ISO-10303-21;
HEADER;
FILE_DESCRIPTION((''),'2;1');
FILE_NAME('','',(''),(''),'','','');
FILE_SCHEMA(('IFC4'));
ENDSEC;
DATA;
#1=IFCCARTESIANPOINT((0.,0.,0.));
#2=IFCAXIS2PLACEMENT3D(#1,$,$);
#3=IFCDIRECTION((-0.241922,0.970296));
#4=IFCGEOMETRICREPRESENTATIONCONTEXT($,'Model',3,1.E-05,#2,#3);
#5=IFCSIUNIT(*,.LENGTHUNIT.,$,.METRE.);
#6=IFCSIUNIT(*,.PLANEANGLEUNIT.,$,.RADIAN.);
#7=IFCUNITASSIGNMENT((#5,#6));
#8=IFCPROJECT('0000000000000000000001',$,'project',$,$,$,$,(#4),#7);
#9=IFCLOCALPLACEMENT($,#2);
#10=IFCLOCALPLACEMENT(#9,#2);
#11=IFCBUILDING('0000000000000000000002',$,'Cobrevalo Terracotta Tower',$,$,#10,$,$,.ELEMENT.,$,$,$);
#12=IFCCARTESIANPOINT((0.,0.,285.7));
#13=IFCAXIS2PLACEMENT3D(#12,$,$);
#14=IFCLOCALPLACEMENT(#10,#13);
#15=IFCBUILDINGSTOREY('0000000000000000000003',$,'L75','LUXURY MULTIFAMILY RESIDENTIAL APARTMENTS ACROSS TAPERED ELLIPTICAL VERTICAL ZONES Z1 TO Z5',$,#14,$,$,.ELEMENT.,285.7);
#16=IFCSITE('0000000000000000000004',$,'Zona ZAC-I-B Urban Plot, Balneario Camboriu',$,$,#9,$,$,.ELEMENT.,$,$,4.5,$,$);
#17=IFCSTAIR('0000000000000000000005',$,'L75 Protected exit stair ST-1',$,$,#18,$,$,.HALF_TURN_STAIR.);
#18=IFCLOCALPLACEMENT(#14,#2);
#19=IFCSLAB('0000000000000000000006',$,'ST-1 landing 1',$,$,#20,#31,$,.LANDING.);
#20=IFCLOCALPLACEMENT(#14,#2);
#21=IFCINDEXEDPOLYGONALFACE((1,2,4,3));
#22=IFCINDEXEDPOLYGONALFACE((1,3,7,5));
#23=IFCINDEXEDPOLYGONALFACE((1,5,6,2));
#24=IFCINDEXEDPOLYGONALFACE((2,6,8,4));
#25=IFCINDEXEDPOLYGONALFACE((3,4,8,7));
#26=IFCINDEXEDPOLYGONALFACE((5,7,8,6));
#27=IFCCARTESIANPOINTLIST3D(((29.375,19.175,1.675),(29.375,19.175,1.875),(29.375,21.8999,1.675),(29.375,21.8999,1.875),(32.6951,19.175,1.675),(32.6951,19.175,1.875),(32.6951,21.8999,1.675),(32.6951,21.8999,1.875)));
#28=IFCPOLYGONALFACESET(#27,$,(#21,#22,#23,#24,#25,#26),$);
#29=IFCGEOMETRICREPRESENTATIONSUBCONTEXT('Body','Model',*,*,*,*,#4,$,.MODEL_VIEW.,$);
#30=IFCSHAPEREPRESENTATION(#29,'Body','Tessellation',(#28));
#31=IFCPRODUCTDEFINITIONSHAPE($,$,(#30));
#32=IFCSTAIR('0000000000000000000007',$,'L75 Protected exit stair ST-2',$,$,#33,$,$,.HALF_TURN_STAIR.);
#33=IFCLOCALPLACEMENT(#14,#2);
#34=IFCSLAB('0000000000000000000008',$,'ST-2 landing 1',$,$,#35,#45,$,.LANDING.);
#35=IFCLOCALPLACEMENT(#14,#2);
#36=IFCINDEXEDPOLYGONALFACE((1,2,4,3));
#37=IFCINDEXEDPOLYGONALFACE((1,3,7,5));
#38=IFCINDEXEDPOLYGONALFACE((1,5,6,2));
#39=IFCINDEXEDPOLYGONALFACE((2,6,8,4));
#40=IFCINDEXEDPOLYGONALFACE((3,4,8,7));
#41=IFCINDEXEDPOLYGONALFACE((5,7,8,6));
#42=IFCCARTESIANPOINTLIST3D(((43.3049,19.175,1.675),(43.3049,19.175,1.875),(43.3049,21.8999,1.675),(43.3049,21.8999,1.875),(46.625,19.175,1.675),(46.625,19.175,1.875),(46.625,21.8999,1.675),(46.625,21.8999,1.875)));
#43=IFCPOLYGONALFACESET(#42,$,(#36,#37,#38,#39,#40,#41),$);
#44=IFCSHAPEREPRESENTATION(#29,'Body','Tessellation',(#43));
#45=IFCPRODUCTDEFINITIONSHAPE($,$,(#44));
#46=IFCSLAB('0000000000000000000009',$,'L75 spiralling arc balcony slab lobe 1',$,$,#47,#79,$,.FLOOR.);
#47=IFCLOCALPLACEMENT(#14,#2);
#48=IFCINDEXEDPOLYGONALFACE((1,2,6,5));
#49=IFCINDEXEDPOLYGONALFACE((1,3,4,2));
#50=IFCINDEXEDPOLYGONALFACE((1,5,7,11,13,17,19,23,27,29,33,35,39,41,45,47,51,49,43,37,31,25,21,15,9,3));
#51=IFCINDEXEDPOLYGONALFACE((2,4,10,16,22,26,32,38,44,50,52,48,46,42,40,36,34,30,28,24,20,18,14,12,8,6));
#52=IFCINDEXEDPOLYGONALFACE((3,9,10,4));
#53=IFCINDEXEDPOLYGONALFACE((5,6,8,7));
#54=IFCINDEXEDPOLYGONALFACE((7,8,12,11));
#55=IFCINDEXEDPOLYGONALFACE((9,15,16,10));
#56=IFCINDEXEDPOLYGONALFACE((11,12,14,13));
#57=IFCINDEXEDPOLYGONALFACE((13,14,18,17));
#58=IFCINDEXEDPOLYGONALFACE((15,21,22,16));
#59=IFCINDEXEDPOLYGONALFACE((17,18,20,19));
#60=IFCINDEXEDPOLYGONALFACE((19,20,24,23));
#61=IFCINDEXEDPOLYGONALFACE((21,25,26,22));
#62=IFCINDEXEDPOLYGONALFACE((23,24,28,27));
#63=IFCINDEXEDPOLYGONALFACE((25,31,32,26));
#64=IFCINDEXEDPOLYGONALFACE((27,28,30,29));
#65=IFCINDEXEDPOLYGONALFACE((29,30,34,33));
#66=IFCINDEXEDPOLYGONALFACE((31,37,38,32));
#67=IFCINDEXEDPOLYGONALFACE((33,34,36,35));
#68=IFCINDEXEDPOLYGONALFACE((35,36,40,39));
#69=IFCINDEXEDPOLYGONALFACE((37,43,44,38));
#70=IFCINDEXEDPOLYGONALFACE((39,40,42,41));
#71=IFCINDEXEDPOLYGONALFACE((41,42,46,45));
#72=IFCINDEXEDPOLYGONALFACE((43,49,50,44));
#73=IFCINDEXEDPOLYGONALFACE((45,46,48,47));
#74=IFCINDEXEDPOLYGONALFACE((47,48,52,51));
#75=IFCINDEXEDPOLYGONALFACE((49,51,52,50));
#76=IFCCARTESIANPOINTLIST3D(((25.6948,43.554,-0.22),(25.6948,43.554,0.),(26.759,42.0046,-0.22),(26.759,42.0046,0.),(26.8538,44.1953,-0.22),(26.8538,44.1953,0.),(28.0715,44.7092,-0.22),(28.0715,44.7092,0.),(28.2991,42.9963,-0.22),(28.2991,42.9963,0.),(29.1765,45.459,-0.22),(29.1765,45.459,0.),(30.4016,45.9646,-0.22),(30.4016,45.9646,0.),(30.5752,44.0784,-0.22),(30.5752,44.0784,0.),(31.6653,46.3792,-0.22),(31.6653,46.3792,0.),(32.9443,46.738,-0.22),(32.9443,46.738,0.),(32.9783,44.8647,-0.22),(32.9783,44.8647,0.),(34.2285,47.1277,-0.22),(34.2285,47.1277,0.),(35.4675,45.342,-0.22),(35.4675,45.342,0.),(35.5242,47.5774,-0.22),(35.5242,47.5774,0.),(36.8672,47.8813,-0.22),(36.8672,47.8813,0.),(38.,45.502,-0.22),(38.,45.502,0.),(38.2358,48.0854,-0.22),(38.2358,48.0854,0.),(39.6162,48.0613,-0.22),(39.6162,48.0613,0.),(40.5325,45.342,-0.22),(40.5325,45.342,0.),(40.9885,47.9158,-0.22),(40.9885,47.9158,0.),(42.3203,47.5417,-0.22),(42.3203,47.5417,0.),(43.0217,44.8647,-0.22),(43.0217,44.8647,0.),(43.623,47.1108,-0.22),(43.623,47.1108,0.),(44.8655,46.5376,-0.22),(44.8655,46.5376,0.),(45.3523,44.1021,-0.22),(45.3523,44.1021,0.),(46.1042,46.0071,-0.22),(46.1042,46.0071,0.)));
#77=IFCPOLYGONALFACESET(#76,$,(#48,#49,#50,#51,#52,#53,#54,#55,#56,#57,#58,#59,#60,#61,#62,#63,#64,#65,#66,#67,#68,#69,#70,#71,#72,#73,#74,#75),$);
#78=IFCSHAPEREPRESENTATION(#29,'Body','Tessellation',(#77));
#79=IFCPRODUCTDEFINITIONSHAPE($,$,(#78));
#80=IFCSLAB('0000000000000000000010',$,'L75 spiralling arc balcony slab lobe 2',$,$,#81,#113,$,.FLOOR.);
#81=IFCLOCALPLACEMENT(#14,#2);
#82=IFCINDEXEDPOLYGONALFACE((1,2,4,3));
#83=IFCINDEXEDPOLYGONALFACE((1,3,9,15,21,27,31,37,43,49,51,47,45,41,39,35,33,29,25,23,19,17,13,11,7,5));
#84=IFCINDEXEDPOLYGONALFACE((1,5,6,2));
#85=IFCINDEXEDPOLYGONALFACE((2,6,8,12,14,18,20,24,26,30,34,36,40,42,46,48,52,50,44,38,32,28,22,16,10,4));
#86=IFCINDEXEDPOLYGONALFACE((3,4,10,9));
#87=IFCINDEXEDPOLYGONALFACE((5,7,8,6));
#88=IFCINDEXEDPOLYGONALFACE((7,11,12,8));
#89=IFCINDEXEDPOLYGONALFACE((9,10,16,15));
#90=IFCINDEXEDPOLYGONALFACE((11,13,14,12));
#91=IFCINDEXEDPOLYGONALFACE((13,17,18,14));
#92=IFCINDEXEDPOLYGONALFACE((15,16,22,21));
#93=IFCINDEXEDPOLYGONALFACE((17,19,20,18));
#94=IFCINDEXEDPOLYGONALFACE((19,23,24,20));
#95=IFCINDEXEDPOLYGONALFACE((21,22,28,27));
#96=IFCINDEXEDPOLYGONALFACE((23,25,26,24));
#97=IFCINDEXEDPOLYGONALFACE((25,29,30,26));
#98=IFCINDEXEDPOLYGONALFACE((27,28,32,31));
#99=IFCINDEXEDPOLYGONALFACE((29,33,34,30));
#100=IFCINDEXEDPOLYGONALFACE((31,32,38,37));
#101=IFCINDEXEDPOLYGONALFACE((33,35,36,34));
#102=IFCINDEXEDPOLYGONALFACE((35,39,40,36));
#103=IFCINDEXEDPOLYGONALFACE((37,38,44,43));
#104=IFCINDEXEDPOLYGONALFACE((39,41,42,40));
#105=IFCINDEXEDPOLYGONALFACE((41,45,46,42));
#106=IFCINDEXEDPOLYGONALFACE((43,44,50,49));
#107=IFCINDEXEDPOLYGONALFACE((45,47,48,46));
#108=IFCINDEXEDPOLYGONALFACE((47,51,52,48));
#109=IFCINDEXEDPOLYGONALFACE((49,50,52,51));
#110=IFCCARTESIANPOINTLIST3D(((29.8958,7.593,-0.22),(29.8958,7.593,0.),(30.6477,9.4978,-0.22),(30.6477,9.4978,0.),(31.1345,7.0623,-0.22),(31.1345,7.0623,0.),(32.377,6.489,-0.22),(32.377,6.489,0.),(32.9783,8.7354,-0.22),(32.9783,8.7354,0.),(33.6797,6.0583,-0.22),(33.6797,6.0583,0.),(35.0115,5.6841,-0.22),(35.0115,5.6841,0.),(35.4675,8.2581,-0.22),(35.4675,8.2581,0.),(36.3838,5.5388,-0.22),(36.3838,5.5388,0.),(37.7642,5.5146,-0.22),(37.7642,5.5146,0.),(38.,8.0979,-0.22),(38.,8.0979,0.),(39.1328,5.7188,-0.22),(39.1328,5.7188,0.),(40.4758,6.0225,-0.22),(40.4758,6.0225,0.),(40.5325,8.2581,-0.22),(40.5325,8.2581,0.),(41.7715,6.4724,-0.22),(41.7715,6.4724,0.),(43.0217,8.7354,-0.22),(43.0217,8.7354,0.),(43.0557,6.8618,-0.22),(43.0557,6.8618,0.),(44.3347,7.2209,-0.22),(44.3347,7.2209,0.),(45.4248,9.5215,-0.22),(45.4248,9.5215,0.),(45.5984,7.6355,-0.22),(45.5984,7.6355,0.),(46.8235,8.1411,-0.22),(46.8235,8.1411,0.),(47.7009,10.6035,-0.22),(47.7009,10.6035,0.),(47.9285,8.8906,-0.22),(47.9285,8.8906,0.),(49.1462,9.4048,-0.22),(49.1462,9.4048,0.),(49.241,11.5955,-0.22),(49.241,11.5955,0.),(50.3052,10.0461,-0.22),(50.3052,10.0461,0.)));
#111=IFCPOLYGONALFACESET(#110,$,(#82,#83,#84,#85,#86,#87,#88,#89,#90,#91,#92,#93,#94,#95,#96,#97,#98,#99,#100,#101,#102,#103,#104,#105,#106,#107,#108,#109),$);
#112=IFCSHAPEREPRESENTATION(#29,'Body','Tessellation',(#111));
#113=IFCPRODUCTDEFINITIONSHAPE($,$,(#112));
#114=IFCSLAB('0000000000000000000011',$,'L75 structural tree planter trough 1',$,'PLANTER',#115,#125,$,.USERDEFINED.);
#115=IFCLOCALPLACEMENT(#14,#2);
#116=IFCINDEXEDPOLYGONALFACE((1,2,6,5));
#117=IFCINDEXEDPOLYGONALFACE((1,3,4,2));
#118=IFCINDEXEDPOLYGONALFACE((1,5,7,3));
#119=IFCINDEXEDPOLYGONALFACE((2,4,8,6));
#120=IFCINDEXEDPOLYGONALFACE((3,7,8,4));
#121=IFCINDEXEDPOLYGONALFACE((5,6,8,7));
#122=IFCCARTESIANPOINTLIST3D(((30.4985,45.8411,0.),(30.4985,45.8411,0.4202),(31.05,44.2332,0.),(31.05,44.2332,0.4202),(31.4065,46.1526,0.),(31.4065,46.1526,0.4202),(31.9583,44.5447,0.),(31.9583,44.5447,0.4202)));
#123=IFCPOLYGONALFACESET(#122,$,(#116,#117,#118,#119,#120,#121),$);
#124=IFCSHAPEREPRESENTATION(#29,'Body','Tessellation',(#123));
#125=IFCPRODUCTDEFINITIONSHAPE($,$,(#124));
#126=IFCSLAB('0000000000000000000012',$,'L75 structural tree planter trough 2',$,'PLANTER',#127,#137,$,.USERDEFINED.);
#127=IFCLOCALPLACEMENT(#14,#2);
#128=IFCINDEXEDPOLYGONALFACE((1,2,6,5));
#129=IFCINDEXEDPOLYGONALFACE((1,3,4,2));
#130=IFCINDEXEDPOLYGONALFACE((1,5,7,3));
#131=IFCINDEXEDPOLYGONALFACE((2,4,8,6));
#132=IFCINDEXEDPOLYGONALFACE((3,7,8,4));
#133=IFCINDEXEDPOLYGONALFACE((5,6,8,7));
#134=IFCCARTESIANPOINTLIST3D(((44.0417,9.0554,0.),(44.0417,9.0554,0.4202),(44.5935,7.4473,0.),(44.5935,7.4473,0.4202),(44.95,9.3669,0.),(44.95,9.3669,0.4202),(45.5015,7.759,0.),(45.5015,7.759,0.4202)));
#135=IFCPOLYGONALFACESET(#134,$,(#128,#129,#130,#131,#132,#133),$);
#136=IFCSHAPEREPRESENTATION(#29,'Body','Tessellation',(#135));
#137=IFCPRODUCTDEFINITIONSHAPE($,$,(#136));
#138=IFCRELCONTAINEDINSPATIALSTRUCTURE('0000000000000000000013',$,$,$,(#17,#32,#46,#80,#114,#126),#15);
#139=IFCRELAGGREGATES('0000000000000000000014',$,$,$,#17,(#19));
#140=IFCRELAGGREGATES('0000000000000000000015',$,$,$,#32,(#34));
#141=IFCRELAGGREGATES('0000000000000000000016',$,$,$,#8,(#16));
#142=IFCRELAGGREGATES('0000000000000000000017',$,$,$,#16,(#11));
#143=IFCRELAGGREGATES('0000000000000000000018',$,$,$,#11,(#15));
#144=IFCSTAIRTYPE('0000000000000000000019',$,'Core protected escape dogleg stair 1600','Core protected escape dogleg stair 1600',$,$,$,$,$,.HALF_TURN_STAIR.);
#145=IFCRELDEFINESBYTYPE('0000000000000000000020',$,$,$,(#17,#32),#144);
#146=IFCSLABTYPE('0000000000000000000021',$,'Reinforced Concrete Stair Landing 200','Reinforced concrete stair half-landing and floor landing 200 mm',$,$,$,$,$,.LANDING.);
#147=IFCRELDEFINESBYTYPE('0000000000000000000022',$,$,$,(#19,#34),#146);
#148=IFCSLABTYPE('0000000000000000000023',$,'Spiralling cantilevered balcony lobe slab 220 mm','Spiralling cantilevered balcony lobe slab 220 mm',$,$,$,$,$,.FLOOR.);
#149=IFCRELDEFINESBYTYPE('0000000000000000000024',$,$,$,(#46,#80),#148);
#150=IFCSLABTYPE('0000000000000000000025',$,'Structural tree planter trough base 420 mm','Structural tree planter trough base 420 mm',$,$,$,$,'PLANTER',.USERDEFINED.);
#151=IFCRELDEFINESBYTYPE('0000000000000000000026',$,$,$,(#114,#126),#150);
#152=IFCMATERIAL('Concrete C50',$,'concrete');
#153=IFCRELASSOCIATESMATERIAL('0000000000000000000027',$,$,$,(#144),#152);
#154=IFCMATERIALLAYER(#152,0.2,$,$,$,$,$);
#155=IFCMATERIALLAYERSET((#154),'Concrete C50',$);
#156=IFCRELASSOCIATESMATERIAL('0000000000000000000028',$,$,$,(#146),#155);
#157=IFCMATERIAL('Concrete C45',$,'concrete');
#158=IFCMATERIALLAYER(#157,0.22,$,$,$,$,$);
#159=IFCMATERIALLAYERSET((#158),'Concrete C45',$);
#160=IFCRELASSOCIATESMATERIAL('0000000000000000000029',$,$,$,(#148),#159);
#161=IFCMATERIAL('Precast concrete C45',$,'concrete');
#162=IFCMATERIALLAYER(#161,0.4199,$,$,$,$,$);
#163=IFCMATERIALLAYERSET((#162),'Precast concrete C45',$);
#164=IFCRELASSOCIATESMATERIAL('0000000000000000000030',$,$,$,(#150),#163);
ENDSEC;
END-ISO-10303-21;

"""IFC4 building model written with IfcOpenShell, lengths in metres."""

from ifc_helpers import new_model, si_unit, direction, frame, origin, place, context, subcontext, project, spatial, polyline, outline, extrude, material, layer, layer_set, type_object, element, aggregate, save


model = new_model("IFC4")

# Units and contexts
model_context = context("Model", 3, precision=1e-05, world=origin(), true_north=direction((-0.241922, 0.970296)))
body_context = subcontext(model_context, "Body", "Model", "MODEL_VIEW")
ifc_project = project(units=[si_unit("LENGTHUNIT", "METRE"), si_unit("PLANEANGLEUNIT", "RADIAN")], contexts=[model_context])

# Site, building, storey
site_placement = place(None, origin())
site = spatial("IfcSite", under=ifc_project, at=site_placement, Name="Zona ZAC-I-B Urban Plot, Balneario Camboriu", CompositionType="ELEMENT", RefElevation=4.5)
building_placement = place(site_placement, origin())
building = spatial("IfcBuilding", under=site, at=building_placement, Name="Cobrevalo Terracotta Tower", CompositionType="ELEMENT")
storey_placement = place(building_placement, frame((0.0, 0.0, 285.7)))
storey = spatial("IfcBuildingStorey", under=building, at=storey_placement, Name="L75", Description="LUXURY MULTIFAMILY RESIDENTIAL APARTMENTS ACROSS TAPERED ELLIPTICAL VERTICAL ZONES Z1 TO Z5", CompositionType="ELEMENT", Elevation=285.7)

# Stairs, slabs
ifc_material_1 = material(Name="Concrete C50", Category="concrete")
stair_type = type_object("IfcStairType", Name="Core protected escape dogleg stair 1600", Description="Core protected escape dogleg stair 1600", PredefinedType="HALF_TURN_STAIR", material=ifc_material_1)
stair_1_placement = place(storey_placement, origin())
stair_1 = element("IfcStair", 1, at=stair_1_placement, inside=storey, type_object=stair_type, Name="L75 Protected exit stair ST-1", PredefinedType="HALF_TURN_STAIR")
ifc_layer_1 = layer(ifc_material_1, 0.2)
ifc_layer_set_1 = layer_set([ifc_layer_1], Name="Concrete C50")
slab_type_1 = type_object("IfcSlabType", Name="Reinforced Concrete Stair Landing 200", Description="Reinforced concrete stair half-landing and floor landing 200 mm", PredefinedType="LANDING", material=ifc_layer_set_1)
slab_1_placement = place(storey_placement, frame((0.0, 0.0, 1.675)))
slab_1 = element("IfcSlab", 2, at=slab_1_placement, type_object=slab_type_1, Name="ST-1 landing 1", PredefinedType="LANDING", context=body_context, shape_type="SweptSolid", body=[
    extrude(outline(polyline([(29.375, 21.8999), (29.375, 19.175), (32.6951, 19.175), (32.6951, 21.8999), (29.375, 21.8999)])), origin(), (0.0, 0.0, 1.0), 0.2),
])
aggregate(stair_1, [slab_1])
stair_2_placement = place(storey_placement, origin())
stair_2 = element("IfcStair", 3, at=stair_2_placement, inside=storey, type_object=stair_type, Name="L75 Protected exit stair ST-2", PredefinedType="HALF_TURN_STAIR")
slab_2_placement = place(storey_placement, frame((0.0, 0.0, 1.675)))
slab_2 = element("IfcSlab", 4, at=slab_2_placement, type_object=slab_type_1, Name="ST-2 landing 1", PredefinedType="LANDING", context=body_context, shape_type="SweptSolid", body=[
    extrude(outline(polyline([(43.3049, 21.8999), (43.3049, 19.175), (46.625, 19.175), (46.625, 21.8999), (43.3049, 21.8999)])), origin(), (0.0, 0.0, 1.0), 0.2),
])
aggregate(stair_2, [slab_2])

# Slabs
ifc_material_2 = material(Name="Concrete C45", Category="concrete")
ifc_layer_2 = layer(ifc_material_2, 0.22)
ifc_layer_set_2 = layer_set([ifc_layer_2], Name="Concrete C45")
slab_type_2 = type_object("IfcSlabType", Name="Spiralling cantilevered balcony lobe slab 220 mm", Description="Spiralling cantilevered balcony lobe slab 220 mm", PredefinedType="FLOOR", material=ifc_layer_set_2)
slab_3_placement = place(storey_placement, frame((0.0, 0.0, -0.22)))
element("IfcSlab", 5, at=slab_3_placement, inside=storey, type_object=slab_type_2, Name="L75 spiralling arc balcony slab lobe 1", PredefinedType="FLOOR", context=body_context, shape_type="SweptSolid", body=[
    extrude(outline(polyline([(46.1042, 46.0071), (44.8655, 46.5376), (43.623, 47.1108), (42.3203, 47.5417), (40.9885, 47.9158), (39.6162, 48.0613), (38.2358, 48.0854), (36.8672, 47.8813), (35.5242, 47.5774), (34.2285, 47.1277), (32.9443, 46.738), (31.6653, 46.3792), (30.4016, 45.9646), (29.1765, 45.459), (28.0715, 44.7092), (26.8538, 44.1953), (25.6948, 43.554), (26.759, 42.0046), (28.2991, 42.9963), (30.5752, 44.0784), (32.9783, 44.8647), (35.4675, 45.342), (38.0, 45.502), (40.5325, 45.342), (43.0217, 44.8647), (45.3523, 44.1021), (46.1042, 46.0071)])), origin(), (0.0, 0.0, 1.0), 0.22),
])
slab_4_placement = place(storey_placement, frame((0.0, 0.0, -0.22)))
element("IfcSlab", 6, at=slab_4_placement, inside=storey, type_object=slab_type_2, Name="L75 spiralling arc balcony slab lobe 2", PredefinedType="FLOOR", context=body_context, shape_type="SweptSolid", body=[
    extrude(outline(polyline([(29.8958, 7.593), (31.1345, 7.0623), (32.377, 6.489), (33.6797, 6.0583), (35.0115, 5.6841), (36.3838, 5.5388), (37.7642, 5.5146), (39.1328, 5.7188), (40.4758, 6.0225), (41.7715, 6.4724), (43.0557, 6.8618), (44.3347, 7.2209), (45.5984, 7.6355), (46.8235, 8.1411), (47.9285, 8.8906), (49.1462, 9.4048), (50.3052, 10.0461), (49.241, 11.5955), (47.7009, 10.6035), (45.4248, 9.5215), (43.0217, 8.7354), (40.5325, 8.2581), (38.0, 8.0979), (35.4675, 8.2581), (32.9783, 8.7354), (30.6477, 9.4978), (29.8958, 7.593)])), origin(), (0.0, 0.0, 1.0), 0.22),
])
ifc_material_3 = material(Name="Precast concrete C45", Category="concrete")
ifc_layer_3 = layer(ifc_material_3, 0.4199)
ifc_layer_set_3 = layer_set([ifc_layer_3], Name="Precast concrete C45")
slab_type_3 = type_object("IfcSlabType", Name="Structural tree planter trough base 420 mm", Description="Structural tree planter trough base 420 mm", ElementType="PLANTER", PredefinedType="USERDEFINED", material=ifc_layer_set_3)
slab_5_placement = place(storey_placement, origin())
element("IfcSlab", 7, at=slab_5_placement, inside=storey, type_object=slab_type_3, Name="L75 structural tree planter trough 1", ObjectType="PLANTER", PredefinedType="USERDEFINED", context=body_context, shape_type="SweptSolid", body=[
    extrude(outline(polyline([(31.9583, 44.5447), (31.4065, 46.1526), (30.4985, 45.8411), (31.05, 44.2332), (31.9583, 44.5447)])), origin(), (0.0, 0.0, 1.0), 0.4202),
])
slab_6_placement = place(storey_placement, origin())
element("IfcSlab", 8, at=slab_6_placement, inside=storey, type_object=slab_type_3, Name="L75 structural tree planter trough 2", ObjectType="PLANTER", PredefinedType="USERDEFINED", context=body_context, shape_type="SweptSolid", body=[
    extrude(outline(polyline([(44.0417, 9.0554), (44.5935, 7.4473), (45.5015, 7.759), (44.95, 9.3669), (44.0417, 9.0554)])), origin(), (0.0, 0.0, 1.0), 0.4202),
])

save(model, "model.ifc")
